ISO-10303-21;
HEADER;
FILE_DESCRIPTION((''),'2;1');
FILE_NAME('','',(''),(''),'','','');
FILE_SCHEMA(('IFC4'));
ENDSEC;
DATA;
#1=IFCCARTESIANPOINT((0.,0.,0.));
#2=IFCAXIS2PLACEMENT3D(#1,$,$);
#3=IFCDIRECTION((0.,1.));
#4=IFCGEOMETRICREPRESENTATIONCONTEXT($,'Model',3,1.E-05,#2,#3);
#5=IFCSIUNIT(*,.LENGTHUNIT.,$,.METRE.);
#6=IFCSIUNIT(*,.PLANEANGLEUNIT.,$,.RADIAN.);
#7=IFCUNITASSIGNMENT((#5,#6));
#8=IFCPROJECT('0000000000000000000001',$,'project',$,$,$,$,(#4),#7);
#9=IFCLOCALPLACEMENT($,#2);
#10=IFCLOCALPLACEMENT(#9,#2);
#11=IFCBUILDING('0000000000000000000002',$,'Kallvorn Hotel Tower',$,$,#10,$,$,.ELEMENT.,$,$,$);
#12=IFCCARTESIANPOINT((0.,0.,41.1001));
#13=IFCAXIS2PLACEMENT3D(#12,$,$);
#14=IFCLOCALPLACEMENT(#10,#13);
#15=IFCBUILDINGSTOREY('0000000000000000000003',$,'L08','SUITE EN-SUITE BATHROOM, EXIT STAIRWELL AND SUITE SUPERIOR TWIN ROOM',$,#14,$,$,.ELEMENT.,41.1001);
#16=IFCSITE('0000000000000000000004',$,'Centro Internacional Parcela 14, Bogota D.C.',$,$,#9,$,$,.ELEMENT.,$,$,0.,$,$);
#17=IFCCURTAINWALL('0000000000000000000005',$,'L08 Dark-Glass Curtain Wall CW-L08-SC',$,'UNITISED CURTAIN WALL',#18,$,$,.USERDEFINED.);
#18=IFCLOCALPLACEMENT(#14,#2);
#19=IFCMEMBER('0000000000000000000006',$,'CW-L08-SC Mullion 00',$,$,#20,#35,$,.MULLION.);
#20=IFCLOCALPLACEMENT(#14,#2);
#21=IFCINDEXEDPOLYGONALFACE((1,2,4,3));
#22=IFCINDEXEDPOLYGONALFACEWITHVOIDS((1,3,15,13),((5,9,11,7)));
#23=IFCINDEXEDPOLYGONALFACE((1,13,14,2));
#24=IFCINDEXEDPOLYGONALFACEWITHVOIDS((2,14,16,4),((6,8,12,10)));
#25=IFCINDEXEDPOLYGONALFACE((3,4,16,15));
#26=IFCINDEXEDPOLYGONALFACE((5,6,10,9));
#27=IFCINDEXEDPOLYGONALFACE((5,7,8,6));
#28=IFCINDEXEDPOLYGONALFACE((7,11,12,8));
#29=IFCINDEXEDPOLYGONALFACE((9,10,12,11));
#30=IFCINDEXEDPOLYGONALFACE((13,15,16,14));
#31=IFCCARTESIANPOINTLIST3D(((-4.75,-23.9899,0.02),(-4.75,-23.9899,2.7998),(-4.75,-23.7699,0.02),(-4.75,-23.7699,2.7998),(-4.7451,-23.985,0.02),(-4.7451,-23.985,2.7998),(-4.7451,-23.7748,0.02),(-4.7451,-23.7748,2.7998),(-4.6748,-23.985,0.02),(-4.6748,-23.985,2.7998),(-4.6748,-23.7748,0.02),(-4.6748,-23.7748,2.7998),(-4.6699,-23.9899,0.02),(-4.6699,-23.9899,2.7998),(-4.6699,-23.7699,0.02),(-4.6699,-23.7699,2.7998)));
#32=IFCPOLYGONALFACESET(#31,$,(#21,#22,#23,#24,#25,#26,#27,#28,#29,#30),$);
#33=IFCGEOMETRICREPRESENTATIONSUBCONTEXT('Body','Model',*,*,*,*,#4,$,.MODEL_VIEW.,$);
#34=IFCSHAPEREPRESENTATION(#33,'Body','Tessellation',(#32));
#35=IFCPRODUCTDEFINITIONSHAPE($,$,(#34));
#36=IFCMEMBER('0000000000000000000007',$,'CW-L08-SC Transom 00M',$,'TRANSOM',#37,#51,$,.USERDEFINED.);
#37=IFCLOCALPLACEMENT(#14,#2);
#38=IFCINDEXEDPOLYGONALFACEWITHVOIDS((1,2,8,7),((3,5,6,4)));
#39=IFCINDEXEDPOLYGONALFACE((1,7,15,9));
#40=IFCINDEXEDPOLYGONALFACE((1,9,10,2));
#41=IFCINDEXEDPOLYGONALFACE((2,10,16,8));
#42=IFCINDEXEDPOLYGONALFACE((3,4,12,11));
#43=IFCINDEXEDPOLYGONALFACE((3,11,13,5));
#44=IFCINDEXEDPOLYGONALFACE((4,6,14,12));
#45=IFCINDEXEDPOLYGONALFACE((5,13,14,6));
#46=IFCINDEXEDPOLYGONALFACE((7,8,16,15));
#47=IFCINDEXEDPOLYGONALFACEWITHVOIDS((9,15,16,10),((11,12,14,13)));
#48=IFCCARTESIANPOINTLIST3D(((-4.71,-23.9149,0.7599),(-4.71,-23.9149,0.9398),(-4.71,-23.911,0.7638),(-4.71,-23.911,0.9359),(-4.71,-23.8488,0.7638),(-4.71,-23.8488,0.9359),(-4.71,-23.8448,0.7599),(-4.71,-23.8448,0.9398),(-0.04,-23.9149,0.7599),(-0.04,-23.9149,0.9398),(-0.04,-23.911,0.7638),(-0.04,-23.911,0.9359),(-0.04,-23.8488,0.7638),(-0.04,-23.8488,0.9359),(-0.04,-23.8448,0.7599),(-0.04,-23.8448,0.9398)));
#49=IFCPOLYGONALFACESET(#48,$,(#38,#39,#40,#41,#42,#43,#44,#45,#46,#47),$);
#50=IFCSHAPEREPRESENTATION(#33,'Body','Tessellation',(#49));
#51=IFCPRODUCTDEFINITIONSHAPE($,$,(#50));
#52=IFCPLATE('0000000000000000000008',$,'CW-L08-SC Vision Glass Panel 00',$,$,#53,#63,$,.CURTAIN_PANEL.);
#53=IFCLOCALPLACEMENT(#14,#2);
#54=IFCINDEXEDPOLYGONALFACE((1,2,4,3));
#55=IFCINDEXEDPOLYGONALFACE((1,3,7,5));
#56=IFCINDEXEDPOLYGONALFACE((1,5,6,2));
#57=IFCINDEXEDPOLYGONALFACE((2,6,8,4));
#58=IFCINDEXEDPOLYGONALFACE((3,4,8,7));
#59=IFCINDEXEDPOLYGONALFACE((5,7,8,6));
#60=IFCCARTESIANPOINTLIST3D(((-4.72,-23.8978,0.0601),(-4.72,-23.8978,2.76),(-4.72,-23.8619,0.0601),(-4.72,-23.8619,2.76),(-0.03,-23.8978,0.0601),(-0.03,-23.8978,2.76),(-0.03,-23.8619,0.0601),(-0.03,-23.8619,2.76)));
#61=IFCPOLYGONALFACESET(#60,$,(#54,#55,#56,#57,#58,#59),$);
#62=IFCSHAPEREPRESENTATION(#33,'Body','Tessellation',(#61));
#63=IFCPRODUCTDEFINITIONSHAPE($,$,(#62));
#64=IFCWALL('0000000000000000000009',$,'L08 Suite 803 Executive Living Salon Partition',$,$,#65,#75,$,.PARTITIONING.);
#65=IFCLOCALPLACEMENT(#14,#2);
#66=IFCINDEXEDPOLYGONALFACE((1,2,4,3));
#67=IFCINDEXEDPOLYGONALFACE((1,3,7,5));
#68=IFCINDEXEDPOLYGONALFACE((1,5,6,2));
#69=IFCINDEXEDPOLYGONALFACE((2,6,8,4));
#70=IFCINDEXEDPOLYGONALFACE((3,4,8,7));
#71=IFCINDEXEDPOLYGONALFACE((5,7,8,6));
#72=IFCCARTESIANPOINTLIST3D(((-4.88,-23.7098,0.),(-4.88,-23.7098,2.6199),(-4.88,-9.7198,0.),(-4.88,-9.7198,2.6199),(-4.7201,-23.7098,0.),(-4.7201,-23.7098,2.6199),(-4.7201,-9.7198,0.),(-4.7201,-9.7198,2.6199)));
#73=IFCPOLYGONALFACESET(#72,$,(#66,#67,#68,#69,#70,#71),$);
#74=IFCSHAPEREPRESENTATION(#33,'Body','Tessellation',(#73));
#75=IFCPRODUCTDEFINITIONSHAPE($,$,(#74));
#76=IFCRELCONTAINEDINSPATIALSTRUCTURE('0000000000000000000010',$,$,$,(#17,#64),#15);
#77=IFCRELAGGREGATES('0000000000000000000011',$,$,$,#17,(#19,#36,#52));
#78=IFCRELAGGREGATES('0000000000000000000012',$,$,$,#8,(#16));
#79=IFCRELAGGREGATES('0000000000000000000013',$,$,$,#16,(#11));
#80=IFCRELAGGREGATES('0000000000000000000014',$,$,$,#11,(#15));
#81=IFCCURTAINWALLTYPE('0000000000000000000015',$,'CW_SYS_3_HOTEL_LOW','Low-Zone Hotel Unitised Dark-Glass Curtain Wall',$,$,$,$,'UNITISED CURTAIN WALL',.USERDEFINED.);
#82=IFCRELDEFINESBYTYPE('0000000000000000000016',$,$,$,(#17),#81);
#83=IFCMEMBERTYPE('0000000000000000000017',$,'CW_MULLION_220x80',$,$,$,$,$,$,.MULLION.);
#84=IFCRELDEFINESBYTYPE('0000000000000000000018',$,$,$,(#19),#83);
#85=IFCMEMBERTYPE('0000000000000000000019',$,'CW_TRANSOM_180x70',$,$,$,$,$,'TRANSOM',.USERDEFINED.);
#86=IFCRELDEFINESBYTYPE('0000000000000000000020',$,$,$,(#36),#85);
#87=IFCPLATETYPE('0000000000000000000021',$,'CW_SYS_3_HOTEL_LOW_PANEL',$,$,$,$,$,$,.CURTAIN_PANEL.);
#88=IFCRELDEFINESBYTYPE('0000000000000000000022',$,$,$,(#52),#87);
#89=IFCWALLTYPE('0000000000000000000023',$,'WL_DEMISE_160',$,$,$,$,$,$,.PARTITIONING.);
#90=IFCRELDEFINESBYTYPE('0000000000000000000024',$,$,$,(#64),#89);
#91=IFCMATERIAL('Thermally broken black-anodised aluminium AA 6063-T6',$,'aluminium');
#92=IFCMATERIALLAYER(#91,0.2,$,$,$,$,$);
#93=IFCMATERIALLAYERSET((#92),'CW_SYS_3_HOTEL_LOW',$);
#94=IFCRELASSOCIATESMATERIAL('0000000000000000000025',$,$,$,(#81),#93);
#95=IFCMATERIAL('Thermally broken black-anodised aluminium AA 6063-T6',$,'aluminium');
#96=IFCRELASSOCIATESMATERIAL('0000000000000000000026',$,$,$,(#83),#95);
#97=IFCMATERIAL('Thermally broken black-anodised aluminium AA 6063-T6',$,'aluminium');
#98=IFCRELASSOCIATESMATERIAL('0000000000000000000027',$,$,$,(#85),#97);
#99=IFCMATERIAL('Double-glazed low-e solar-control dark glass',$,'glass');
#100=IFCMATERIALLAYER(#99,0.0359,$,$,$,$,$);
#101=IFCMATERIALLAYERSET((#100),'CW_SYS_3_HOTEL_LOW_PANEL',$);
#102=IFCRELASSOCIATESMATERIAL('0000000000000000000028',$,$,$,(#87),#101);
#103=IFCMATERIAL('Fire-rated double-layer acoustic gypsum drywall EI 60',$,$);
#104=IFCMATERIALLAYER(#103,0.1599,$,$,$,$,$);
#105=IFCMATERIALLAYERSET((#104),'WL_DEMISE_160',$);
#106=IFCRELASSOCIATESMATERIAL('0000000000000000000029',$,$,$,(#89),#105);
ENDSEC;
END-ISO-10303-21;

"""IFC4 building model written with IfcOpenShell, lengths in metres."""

from ifc_helpers import new_model, si_unit, direction, frame, frame_2d, origin, origin_2d, place, context, subcontext, project, spatial, rectangle, hollow_rectangle, extrude, material, layer, layer_set, material_profile, profile_set, type_object, element, aggregate, save


model = new_model("IFC4")

# Units and contexts
model_context = context("Model", 3, precision=1e-05, world=origin(), true_north=direction((0.0, 1.0)))
body_context = subcontext(model_context, "Body", "Model", "MODEL_VIEW")
ifc_project = project(units=[si_unit("LENGTHUNIT", "METRE"), si_unit("PLANEANGLEUNIT", "RADIAN")], contexts=[model_context])

# Site, building, storey
site_placement = place(None, origin())
site = spatial("IfcSite", under=ifc_project, at=site_placement, Name="Centro Internacional Parcela 14, Bogota D.C.", CompositionType="ELEMENT", RefElevation=0.0)
building_placement = place(site_placement, origin())
building = spatial("IfcBuilding", under=site, at=building_placement, Name="Kallvorn Hotel Tower", CompositionType="ELEMENT")
storey_placement = place(building_placement, frame((0.0, 0.0, 41.1001)))
storey = spatial("IfcBuildingStorey", under=building, at=storey_placement, Name="L08", Description="SUITE EN-SUITE BATHROOM, EXIT STAIRWELL AND SUITE SUPERIOR TWIN ROOM", CompositionType="ELEMENT", Elevation=41.1001)

# Curtain wall, members, plate
ifc_material_1 = material(Name="Thermally broken black-anodised aluminium AA 6063-T6", Category="aluminium")
ifc_layer_1 = layer(ifc_material_1, 0.2)
ifc_layer_set_1 = layer_set([ifc_layer_1], Name="CW_SYS_3_HOTEL_LOW")
curtain_wall_type = type_object("IfcCurtainWallType", Name="CW_SYS_3_HOTEL_LOW", Description="Low-Zone Hotel Unitised Dark-Glass Curtain Wall", ElementType="UNITISED CURTAIN WALL", PredefinedType="USERDEFINED", material=ifc_layer_set_1)
curtain_wall_placement = place(storey_placement, origin())
curtain_wall = element("IfcCurtainWall", 1, at=curtain_wall_placement, inside=storey, type_object=curtain_wall_type, Name="L08 Dark-Glass Curtain Wall CW-L08-SC", ObjectType="UNITISED CURTAIN WALL", PredefinedType="USERDEFINED")
ifc_material_2 = material(Name="Thermally broken black-anodised aluminium AA 6063-T6", Category="aluminium")
ifc_material_profile_1 = material_profile(ifc_material_2, hollow_rectangle(XDim=0.0801, YDim=0.22, WallThickness=0.0049, at=origin_2d()), Name="MUL 220x80")
ifc_profile_set_1 = profile_set([ifc_material_profile_1], Name="Thermally broken black-anodised aluminium AA 6063-T6")
member_type_1 = type_object("IfcMemberType", Name="CW_MULLION_220x80", PredefinedType="MULLION", material=ifc_profile_set_1)
member_1_placement = place(storey_placement, frame((-4.71, -23.8799, 0.02), z_axis=(0.0, 0.0, 1.0), x_axis=(1.0, 0.0, 0.0)))
member_1 = element("IfcMember", 2, at=member_1_placement, type_object=member_type_1, Name="CW-L08-SC Mullion 00", PredefinedType="MULLION", context=body_context, shape_type="SweptSolid", body=[
    extrude(hollow_rectangle(XDim=0.0801, YDim=0.22, WallThickness=0.0049, at=origin_2d()), origin(), (0.0, 0.0, 1.0), 2.7798),
])
ifc_material_3 = material(Name="Thermally broken black-anodised aluminium AA 6063-T6", Category="aluminium")
ifc_material_profile_2 = material_profile(ifc_material_3, hollow_rectangle(XDim=0.0701, YDim=0.1799, WallThickness=0.0039, at=origin_2d()), Name="TRN 180x70")
ifc_profile_set_2 = profile_set([ifc_material_profile_2], Name="Thermally broken black-anodised aluminium AA 6063-T6")
member_type_2 = type_object("IfcMemberType", Name="CW_TRANSOM_180x70", ElementType="TRANSOM", PredefinedType="USERDEFINED", material=ifc_profile_set_2)
member_2_placement = place(storey_placement, frame((-4.71, -23.8799, 0.8499), z_axis=(1.0, 0.0, 0.0), x_axis=(0.0, 1.0, 0.0)))
member_2 = element("IfcMember", 3, at=member_2_placement, type_object=member_type_2, Name="CW-L08-SC Transom 00M", ObjectType="TRANSOM", PredefinedType="USERDEFINED", context=body_context, shape_type="SweptSolid", body=[
    extrude(hollow_rectangle(XDim=0.0701, YDim=0.1799, WallThickness=0.0039, at=origin_2d()), origin(), (0.0, 0.0, 1.0), 4.6699),
])
ifc_material_4 = material(Name="Double-glazed low-e solar-control dark glass", Category="glass")
ifc_layer_2 = layer(ifc_material_4, 0.0359)
ifc_layer_set_2 = layer_set([ifc_layer_2], Name="CW_SYS_3_HOTEL_LOW_PANEL")
plate_type = type_object("IfcPlateType", Name="CW_SYS_3_HOTEL_LOW_PANEL", PredefinedType="CURTAIN_PANEL", material=ifc_layer_set_2)
plate_placement = place(storey_placement, frame((-2.375, -23.8799, 0.0601), z_axis=(0.0, 0.0, 1.0), x_axis=(1.0, 0.0, 0.0)))
plate = element("IfcPlate", 4, at=plate_placement, type_object=plate_type, Name="CW-L08-SC Vision Glass Panel 00", PredefinedType="CURTAIN_PANEL", context=body_context, shape_type="SweptSolid", body=[
    extrude(rectangle(XDim=4.6899, YDim=0.0359, at=origin_2d()), origin(), (0.0, 0.0, 1.0), 2.7),
])
aggregate(curtain_wall, [member_1, member_2, plate])

# Wall
ifc_material_5 = material(Name="Fire-rated double-layer acoustic gypsum drywall EI 60")
ifc_layer_3 = layer(ifc_material_5, 0.1599)
ifc_layer_set_3 = layer_set([ifc_layer_3], Name="WL_DEMISE_160")
wall_type = type_object("IfcWallType", Name="WL_DEMISE_160", PredefinedType="PARTITIONING", material=ifc_layer_set_3)
wall_placement = place(storey_placement, frame((-4.8, -23.71, 0.0), z_axis=(0.0, 0.0, 1.0), x_axis=(0.0, 1.0, 0.0)))
element("IfcWall", 5, at=wall_placement, inside=storey, type_object=wall_type, Name="L08 Suite 803 Executive Living Salon Partition", PredefinedType="PARTITIONING", context=body_context, shape_type="SweptSolid", body=[
    extrude(rectangle(XDim=13.99, YDim=0.1599, at=frame_2d((6.9951, 0.0))), origin(), (0.0, 0.0, 1.0), 2.6199),
])

save(model, "model.ifc")
